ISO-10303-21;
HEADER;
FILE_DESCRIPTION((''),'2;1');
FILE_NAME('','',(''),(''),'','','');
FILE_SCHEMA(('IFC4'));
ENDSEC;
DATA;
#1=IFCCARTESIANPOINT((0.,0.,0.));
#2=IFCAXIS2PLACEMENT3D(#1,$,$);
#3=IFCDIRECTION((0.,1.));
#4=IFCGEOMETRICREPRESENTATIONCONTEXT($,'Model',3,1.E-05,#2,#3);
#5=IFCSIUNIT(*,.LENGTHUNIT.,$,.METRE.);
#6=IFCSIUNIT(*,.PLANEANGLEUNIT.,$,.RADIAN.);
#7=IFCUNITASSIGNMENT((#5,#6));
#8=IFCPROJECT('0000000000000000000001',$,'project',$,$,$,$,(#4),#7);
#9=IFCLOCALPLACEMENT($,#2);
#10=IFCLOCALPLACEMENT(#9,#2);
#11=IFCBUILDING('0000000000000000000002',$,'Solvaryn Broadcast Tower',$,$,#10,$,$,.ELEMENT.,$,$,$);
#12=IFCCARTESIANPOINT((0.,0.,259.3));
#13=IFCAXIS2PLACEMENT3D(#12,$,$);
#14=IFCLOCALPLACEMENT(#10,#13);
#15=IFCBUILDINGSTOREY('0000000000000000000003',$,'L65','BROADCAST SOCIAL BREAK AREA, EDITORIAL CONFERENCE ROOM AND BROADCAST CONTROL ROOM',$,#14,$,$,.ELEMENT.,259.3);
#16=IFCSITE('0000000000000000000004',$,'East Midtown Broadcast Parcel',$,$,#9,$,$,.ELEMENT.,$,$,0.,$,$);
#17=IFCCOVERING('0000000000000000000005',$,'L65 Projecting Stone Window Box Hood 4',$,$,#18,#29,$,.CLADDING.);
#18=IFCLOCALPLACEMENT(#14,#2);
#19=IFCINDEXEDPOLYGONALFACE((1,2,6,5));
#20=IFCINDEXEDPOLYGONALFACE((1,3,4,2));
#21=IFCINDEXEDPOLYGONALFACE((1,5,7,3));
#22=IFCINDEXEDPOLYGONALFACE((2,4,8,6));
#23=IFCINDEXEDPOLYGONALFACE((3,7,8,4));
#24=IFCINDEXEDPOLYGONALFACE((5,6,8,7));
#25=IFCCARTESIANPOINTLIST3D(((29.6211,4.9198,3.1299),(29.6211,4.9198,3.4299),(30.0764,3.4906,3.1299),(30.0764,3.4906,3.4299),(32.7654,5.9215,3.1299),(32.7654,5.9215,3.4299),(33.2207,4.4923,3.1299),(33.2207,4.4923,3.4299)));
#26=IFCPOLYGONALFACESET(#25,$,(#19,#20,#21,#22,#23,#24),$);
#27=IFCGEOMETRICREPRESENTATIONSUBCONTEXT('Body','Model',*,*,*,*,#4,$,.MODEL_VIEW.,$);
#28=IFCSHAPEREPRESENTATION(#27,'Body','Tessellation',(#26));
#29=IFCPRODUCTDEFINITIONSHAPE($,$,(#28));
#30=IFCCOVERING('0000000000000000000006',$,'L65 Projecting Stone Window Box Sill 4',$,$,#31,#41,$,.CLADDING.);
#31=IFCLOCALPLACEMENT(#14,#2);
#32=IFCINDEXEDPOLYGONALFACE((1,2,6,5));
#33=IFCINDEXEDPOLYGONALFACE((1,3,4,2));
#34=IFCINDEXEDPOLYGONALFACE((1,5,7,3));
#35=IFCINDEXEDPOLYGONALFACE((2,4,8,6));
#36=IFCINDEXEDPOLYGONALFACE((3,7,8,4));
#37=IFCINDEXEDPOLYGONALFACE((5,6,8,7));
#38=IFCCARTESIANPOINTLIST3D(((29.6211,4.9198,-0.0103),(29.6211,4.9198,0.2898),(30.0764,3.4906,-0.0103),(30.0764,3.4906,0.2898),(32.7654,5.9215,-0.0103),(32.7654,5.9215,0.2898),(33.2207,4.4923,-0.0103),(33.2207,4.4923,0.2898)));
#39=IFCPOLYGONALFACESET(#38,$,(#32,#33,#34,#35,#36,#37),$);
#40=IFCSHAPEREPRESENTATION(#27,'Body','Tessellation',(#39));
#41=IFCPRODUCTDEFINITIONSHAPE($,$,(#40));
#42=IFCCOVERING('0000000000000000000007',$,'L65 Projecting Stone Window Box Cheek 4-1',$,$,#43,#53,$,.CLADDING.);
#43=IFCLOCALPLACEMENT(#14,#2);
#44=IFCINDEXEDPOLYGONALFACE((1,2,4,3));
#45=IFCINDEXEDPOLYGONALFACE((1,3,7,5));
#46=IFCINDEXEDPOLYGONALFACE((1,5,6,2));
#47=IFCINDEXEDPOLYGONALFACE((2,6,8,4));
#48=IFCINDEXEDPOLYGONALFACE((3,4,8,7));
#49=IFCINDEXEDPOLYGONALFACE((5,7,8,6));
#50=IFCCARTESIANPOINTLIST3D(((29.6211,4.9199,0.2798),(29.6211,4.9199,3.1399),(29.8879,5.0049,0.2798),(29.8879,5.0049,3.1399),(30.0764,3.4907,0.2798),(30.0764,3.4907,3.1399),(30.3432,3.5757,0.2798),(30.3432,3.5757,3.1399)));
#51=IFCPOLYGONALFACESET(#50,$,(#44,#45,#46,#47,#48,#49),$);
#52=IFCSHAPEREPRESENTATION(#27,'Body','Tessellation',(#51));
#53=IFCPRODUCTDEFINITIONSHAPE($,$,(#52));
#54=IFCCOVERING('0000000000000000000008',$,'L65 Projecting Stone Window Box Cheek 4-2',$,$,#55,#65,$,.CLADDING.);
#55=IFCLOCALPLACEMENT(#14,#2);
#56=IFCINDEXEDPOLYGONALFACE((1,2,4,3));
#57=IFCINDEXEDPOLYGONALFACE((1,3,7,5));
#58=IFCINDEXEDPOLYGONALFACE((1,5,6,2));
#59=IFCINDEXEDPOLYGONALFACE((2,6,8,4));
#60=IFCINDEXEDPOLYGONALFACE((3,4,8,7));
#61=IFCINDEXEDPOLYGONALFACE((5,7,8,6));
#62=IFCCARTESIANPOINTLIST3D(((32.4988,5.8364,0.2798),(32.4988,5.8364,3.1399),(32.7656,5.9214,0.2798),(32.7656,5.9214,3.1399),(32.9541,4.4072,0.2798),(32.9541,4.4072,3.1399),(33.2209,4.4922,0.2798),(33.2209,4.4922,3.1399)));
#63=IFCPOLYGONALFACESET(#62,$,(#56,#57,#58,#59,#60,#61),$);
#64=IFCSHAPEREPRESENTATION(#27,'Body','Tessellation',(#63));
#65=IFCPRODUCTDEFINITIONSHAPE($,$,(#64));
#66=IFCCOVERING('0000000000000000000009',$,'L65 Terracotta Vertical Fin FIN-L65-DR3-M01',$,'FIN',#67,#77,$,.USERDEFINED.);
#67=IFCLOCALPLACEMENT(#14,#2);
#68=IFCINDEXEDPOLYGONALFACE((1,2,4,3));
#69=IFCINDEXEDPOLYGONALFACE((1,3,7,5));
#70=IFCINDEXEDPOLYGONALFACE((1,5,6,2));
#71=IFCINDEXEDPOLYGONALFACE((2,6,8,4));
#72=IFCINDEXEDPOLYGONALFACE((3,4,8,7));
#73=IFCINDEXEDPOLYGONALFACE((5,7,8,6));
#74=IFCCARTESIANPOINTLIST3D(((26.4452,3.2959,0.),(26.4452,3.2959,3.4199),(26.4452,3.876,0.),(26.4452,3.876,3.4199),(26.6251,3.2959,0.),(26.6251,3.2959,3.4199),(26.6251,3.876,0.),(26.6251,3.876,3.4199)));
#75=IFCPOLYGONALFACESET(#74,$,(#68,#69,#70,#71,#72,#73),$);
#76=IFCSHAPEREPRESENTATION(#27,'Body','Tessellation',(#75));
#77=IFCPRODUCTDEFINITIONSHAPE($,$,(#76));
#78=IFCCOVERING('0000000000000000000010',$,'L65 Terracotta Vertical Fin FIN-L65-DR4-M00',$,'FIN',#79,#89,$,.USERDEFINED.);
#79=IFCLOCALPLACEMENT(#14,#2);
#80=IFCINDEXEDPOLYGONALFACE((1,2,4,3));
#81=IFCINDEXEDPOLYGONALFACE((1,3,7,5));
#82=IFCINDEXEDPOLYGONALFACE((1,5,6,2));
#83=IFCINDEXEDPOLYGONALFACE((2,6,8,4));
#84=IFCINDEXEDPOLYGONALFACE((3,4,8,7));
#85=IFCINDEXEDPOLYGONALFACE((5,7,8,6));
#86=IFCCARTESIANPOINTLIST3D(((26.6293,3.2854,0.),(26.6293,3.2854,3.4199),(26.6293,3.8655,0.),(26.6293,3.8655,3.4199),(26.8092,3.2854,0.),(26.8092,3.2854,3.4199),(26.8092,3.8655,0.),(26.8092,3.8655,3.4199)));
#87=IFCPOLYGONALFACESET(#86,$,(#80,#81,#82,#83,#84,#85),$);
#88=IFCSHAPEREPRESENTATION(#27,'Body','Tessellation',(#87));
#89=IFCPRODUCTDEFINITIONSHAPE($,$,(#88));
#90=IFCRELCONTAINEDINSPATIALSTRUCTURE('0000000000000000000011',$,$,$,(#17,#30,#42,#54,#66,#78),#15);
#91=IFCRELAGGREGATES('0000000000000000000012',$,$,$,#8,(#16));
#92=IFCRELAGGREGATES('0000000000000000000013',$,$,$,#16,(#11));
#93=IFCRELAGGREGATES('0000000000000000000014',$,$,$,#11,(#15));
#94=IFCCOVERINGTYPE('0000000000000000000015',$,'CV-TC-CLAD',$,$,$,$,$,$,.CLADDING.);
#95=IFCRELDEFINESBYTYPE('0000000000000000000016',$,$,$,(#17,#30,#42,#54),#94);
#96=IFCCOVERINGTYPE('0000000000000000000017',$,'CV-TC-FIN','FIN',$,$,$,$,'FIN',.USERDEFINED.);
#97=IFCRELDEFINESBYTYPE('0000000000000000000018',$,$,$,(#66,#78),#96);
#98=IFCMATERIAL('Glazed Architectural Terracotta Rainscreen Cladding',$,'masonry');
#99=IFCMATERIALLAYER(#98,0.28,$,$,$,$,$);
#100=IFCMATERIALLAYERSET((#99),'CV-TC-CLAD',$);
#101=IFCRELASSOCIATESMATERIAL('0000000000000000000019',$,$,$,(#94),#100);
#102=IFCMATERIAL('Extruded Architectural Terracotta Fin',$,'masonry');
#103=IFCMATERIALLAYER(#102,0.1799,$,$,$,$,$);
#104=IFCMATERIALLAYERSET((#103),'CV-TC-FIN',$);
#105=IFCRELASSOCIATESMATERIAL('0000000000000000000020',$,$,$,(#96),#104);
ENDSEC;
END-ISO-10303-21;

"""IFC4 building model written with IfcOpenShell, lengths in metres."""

from ifc_helpers import new_model, si_unit, direction, frame, origin, origin_2d, place, context, subcontext, project, spatial, rectangle, extrude, material, layer, layer_set, type_object, element, save


model = new_model("IFC4")

# Units and contexts
model_context = context("Model", 3, precision=1e-05, world=origin(), true_north=direction((0.0, 1.0)))
body_context = subcontext(model_context, "Body", "Model", "MODEL_VIEW")
ifc_project = project(units=[si_unit("LENGTHUNIT", "METRE"), si_unit("PLANEANGLEUNIT", "RADIAN")], contexts=[model_context])

# Site, building, storey
site_placement = place(None, origin())
site = spatial("IfcSite", under=ifc_project, at=site_placement, Name="East Midtown Broadcast Parcel", CompositionType="ELEMENT", RefElevation=0.0)
building_placement = place(site_placement, origin())
building = spatial("IfcBuilding", under=site, at=building_placement, Name="Solvaryn Broadcast Tower", CompositionType="ELEMENT")
storey_placement = place(building_placement, frame((0.0, 0.0, 259.3)))
storey = spatial("IfcBuildingStorey", under=building, at=storey_placement, Name="L65", Description="BROADCAST SOCIAL BREAK AREA, EDITORIAL CONFERENCE ROOM AND BROADCAST CONTROL ROOM", CompositionType="ELEMENT", Elevation=259.3)

# Coverings
ifc_material_1 = material(Name="Glazed Architectural Terracotta Rainscreen Cladding", Category="masonry")
ifc_layer_1 = layer(ifc_material_1, 0.28)
ifc_layer_set_1 = layer_set([ifc_layer_1], Name="CV-TC-CLAD")
covering_type_1 = type_object("IfcCoveringType", Name="CV-TC-CLAD", PredefinedType="CLADDING", material=ifc_layer_set_1)
for number, where, z_axis, x_axis, name in (
    (1, (31.4209, 4.7061, 3.1299), (0.0, 0.0, 1.0), (0.952821, 0.303534, 0.0), "L65 Projecting Stone Window Box Hood 4"),
    (2, (31.4209, 4.7061, -0.0103), (0.0, 0.0, 1.0), (0.952821, 0.303534, 0.0), "L65 Projecting Stone Window Box Sill 4"),
):
    element("IfcCovering", number, at=place(storey_placement, frame(where, z_axis=z_axis, x_axis=x_axis)), inside=storey, type_object=covering_type_1, Name=name, PredefinedType="CLADDING", context=body_context, shape_type="SweptSolid", body=[
        extrude(rectangle(XDim=3.3, YDim=1.5, at=origin_2d()), origin(), (0.0, 0.0, 1.0), 0.3),
    ])
for number, where, z_axis, x_axis, name in (
    (3, (29.9822, 4.2478, 0.2798), (0.0, 0.0, 1.0), (0.952821, 0.303534, 0.0), "L65 Projecting Stone Window Box Cheek 4-1"),
    (4, (32.8599, 5.1643, 0.2798), (0.0, 0.0, 1.0), (0.952821, 0.303534, 0.0), "L65 Projecting Stone Window Box Cheek 4-2"),
):
    element("IfcCovering", number, at=place(storey_placement, frame(where, z_axis=z_axis, x_axis=x_axis)), inside=storey, type_object=covering_type_1, Name=name, PredefinedType="CLADDING", context=body_context, shape_type="SweptSolid", body=[
        extrude(rectangle(XDim=0.28, YDim=1.5, at=origin_2d()), origin(), (0.0, 0.0, 1.0), 2.8601),
    ])
ifc_material_2 = material(Name="Extruded Architectural Terracotta Fin", Category="masonry")
ifc_layer_2 = layer(ifc_material_2, 0.1799)
ifc_layer_set_2 = layer_set([ifc_layer_2], Name="CV-TC-FIN")
covering_type_2 = type_object("IfcCoveringType", Name="CV-TC-FIN", Description="FIN", ElementType="FIN", PredefinedType="USERDEFINED", material=ifc_layer_set_2)
for number, where, z_axis, x_axis, name in (
    (5, (26.5352, 3.5859, 0.0), (0.0, 0.0, 1.0), (1.0, 0.0, 0.0), "L65 Terracotta Vertical Fin FIN-L65-DR3-M01"),
    (6, (26.7192, 3.5754, 0.0), (0.0, 0.0, 1.0), (1.0, 0.0, 0.0), "L65 Terracotta Vertical Fin FIN-L65-DR4-M00"),
):
    element("IfcCovering", number, at=place(storey_placement, frame(where, z_axis=z_axis, x_axis=x_axis)), inside=storey, type_object=covering_type_2, Name=name, ObjectType="FIN", PredefinedType="USERDEFINED", context=body_context, shape_type="SweptSolid", body=[
        extrude(rectangle(XDim=0.1799, YDim=0.5801, at=origin_2d()), origin(), (0.0, 0.0, 1.0), 3.4199),
    ])

save(model, "model.ifc")
